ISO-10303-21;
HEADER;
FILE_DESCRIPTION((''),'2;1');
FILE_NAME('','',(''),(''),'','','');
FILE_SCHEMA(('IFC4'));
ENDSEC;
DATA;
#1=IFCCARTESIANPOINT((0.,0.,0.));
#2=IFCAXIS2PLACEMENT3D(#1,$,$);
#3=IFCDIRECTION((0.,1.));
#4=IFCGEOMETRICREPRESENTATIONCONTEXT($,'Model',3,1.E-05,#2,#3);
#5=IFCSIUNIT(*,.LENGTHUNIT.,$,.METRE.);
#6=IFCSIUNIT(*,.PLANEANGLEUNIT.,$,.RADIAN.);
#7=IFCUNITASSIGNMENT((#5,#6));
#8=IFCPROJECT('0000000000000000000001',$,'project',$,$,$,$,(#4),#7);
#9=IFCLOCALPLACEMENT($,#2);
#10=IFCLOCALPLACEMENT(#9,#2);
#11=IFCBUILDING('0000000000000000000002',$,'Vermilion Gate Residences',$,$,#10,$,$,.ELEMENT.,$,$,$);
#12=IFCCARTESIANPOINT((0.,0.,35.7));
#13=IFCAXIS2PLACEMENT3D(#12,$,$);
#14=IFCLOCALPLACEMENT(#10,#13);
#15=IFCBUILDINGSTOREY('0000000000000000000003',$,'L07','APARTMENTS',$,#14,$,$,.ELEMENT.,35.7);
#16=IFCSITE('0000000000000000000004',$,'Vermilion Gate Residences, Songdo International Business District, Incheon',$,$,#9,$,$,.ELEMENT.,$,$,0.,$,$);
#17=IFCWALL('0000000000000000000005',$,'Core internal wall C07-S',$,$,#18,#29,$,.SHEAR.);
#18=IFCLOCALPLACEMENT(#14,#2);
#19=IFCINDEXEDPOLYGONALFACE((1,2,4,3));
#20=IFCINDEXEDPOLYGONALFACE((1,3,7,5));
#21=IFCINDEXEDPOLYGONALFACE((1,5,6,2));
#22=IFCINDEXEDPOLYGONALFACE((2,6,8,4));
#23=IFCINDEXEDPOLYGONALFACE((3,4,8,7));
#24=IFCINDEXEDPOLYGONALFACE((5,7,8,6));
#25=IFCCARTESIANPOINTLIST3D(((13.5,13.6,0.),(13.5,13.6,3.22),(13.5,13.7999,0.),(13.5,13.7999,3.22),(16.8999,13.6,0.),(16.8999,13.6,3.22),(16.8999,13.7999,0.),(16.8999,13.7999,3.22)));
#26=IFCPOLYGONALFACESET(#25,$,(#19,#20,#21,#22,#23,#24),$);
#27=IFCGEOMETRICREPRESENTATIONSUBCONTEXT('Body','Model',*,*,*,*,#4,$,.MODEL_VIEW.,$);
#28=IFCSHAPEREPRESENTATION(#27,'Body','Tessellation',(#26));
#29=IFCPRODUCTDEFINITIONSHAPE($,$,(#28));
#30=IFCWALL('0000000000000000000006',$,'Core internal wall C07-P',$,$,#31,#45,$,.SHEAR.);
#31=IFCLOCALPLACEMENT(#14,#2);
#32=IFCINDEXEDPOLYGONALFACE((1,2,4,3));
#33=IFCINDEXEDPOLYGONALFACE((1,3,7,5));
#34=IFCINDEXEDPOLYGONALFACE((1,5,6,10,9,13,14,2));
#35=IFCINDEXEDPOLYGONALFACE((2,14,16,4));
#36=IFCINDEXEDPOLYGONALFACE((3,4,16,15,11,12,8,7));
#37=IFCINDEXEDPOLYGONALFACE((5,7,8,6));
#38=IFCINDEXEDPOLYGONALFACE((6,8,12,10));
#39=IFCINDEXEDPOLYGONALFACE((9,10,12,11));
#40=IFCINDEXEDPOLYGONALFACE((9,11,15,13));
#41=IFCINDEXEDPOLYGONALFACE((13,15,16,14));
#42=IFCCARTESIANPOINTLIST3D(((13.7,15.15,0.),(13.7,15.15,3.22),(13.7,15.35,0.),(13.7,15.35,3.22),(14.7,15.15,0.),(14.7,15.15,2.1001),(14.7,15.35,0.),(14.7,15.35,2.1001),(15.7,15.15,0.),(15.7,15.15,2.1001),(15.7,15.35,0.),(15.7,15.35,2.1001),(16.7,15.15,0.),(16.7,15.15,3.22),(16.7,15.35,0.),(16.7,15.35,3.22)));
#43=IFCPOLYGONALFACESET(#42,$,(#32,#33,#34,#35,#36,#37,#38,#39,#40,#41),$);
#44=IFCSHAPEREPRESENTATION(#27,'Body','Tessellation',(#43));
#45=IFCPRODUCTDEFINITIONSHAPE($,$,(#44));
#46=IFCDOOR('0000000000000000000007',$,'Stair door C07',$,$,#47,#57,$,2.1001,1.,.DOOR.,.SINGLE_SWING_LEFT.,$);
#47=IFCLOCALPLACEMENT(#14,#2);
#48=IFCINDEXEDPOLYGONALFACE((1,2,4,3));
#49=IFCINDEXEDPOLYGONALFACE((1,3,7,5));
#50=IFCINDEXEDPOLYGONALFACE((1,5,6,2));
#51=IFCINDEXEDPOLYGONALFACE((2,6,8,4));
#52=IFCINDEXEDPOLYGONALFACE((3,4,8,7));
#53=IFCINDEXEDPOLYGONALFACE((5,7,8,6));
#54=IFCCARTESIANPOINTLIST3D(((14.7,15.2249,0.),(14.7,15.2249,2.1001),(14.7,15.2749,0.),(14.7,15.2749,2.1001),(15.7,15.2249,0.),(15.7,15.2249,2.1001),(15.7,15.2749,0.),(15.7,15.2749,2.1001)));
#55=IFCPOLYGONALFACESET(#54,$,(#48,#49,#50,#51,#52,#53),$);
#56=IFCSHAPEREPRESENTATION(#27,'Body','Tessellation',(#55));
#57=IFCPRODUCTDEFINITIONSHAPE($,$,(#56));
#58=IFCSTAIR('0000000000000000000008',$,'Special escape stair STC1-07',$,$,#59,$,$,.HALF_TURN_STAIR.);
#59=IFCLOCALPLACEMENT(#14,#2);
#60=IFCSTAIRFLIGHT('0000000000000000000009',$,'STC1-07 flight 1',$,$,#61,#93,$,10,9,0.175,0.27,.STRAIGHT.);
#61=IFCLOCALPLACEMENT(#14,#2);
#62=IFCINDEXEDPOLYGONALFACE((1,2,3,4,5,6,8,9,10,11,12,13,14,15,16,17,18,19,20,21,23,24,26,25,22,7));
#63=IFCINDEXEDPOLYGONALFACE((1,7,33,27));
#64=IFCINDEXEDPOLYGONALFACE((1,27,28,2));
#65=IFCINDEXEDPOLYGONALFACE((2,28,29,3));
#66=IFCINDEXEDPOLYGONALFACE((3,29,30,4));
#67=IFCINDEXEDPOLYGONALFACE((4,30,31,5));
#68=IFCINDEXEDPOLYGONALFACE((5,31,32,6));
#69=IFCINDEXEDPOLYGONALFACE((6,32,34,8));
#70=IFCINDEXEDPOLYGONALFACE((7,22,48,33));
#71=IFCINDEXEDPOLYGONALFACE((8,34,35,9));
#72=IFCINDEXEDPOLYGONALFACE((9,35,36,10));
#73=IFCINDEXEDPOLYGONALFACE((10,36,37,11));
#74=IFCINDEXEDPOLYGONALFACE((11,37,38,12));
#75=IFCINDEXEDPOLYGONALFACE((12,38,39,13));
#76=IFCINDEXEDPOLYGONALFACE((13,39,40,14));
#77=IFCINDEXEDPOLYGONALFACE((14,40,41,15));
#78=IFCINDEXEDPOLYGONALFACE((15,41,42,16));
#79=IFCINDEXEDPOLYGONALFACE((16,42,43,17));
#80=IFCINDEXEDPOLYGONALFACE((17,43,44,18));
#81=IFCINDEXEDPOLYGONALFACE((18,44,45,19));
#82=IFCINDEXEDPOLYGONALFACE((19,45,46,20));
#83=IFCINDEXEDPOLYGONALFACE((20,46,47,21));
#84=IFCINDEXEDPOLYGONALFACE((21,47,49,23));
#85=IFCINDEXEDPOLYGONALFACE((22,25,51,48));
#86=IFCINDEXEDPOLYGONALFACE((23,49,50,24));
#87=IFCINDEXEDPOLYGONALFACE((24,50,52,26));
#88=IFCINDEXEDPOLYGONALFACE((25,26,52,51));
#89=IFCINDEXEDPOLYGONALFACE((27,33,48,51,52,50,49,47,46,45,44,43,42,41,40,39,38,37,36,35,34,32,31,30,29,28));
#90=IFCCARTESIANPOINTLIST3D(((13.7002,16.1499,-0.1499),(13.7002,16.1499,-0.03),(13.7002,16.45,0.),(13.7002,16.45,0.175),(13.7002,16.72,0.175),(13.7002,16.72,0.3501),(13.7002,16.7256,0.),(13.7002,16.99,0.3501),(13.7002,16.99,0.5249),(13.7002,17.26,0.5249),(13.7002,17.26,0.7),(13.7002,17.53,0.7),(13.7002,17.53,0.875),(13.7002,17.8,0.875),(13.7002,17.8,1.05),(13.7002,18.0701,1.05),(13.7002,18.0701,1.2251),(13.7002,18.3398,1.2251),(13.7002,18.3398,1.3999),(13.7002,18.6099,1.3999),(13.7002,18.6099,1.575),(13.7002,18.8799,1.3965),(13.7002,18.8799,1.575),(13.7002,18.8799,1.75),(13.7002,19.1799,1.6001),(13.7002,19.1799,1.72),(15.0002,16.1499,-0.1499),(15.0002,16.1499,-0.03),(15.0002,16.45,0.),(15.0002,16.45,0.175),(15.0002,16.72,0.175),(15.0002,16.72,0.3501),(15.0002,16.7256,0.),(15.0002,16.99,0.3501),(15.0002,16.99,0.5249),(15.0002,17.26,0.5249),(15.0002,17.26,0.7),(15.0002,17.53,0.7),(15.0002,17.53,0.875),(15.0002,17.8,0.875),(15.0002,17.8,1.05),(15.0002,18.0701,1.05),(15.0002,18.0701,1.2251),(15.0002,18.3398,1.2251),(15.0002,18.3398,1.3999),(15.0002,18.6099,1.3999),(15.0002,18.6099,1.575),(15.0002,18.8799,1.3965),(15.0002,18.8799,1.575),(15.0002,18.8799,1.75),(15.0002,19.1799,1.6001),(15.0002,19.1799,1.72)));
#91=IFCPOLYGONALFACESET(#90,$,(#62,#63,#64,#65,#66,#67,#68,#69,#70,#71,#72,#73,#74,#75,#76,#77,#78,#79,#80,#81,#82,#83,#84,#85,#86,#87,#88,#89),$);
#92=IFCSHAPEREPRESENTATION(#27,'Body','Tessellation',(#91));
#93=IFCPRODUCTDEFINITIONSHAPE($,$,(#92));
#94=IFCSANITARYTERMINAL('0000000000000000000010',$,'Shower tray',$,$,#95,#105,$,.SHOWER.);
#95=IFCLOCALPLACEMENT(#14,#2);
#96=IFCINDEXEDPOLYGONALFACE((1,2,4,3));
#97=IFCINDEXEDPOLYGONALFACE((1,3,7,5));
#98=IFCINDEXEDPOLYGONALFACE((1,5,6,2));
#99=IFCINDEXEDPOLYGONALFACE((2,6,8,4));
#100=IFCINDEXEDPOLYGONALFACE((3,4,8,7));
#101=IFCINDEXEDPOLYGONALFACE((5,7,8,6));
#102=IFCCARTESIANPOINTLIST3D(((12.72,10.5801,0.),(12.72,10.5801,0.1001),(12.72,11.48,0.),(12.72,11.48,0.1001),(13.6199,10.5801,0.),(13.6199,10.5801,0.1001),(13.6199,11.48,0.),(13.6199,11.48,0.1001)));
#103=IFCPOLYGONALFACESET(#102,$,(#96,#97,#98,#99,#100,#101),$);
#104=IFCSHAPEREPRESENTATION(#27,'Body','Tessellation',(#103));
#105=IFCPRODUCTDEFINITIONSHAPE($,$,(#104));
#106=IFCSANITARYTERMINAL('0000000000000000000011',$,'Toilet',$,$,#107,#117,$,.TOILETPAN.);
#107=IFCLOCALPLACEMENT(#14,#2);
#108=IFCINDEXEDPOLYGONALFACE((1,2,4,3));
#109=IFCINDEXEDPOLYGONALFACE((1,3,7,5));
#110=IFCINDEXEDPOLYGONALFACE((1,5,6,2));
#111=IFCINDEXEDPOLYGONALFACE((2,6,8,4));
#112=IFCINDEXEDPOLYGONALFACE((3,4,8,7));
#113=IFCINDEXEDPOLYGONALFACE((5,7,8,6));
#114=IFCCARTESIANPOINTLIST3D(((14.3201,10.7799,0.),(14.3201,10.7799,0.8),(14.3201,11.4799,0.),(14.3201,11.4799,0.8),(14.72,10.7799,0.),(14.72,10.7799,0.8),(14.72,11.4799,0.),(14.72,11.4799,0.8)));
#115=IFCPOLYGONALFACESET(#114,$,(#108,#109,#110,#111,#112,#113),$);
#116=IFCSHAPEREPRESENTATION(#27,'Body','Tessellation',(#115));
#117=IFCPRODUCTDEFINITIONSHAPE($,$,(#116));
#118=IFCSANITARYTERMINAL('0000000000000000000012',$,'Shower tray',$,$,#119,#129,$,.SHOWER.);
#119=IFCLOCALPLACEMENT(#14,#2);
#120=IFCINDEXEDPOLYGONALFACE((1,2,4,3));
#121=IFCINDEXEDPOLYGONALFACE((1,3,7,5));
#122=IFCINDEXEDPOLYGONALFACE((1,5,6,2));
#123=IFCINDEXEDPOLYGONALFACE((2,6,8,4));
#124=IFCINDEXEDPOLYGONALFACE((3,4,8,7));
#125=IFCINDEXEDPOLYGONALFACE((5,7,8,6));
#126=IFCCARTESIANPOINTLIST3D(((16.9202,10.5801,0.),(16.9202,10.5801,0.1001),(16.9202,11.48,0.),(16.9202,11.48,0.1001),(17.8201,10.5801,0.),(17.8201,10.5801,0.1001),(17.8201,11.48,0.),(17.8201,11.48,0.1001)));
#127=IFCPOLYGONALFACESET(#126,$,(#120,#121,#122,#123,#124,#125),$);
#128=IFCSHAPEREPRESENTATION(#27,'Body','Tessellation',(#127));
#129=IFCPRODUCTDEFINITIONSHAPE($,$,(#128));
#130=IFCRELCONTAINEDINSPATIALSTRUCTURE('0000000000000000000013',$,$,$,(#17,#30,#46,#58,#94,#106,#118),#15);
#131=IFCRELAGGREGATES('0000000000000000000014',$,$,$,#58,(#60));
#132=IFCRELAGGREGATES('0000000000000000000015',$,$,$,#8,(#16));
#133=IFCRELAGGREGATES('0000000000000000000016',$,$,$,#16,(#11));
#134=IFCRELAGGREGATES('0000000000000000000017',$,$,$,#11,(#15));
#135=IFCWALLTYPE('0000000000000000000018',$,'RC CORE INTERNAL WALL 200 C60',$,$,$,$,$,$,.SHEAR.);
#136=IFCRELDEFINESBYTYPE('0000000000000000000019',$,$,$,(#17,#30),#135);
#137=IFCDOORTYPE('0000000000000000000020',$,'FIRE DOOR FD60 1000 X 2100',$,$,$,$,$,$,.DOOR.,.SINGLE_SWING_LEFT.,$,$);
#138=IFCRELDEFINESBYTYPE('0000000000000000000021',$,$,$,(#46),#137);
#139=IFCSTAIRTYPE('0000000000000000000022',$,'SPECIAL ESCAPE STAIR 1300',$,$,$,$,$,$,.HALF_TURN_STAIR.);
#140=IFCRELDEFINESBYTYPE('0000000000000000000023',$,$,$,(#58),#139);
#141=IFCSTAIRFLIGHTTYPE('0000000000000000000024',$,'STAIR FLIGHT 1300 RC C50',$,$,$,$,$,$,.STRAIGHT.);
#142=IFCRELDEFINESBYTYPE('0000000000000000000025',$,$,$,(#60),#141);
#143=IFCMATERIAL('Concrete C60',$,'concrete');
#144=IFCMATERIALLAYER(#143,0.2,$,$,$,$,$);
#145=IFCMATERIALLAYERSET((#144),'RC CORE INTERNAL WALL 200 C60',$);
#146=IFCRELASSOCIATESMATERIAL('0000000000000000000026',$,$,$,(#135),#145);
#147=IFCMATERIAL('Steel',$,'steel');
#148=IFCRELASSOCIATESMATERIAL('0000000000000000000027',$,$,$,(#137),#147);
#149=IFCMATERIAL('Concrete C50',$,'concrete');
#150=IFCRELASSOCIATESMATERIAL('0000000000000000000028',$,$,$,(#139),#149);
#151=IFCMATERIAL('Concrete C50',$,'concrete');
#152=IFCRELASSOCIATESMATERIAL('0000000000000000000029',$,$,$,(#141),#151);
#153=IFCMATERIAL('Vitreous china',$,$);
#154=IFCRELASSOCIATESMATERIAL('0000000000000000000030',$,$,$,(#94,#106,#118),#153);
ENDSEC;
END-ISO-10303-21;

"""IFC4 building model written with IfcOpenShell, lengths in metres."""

from ifc_helpers import new_model, si_unit, direction, frame, frame_2d, origin, origin_2d, place, context, subcontext, project, spatial, polyline, rectangle, outline, extrude, material, layer, layer_set, type_object, element, fill, aggregate, save


model = new_model("IFC4")

# Units and contexts
model_context = context("Model", 3, precision=1e-05, world=origin(), true_north=direction((0.0, 1.0)))
body_context = subcontext(model_context, "Body", "Model", "MODEL_VIEW")
ifc_project = project(units=[si_unit("LENGTHUNIT", "METRE"), si_unit("PLANEANGLEUNIT", "RADIAN")], contexts=[model_context])

# Site, building, storey
site_placement = place(None, origin())
site = spatial("IfcSite", under=ifc_project, at=site_placement, Name="Vermilion Gate Residences, Songdo International Business District, Incheon", CompositionType="ELEMENT", RefElevation=0.0)
building_placement = place(site_placement, origin())
building = spatial("IfcBuilding", under=site, at=building_placement, Name="Vermilion Gate Residences", CompositionType="ELEMENT")
storey_placement = place(building_placement, frame((0.0, 0.0, 35.7)))
storey = spatial("IfcBuildingStorey", under=building, at=storey_placement, Name="L07", Description="APARTMENTS", CompositionType="ELEMENT", Elevation=35.7)

# Shared definitions
ifc_material_1 = material(Name="Concrete C60", Category="concrete")
ifc_layer_1 = layer(ifc_material_1, 0.2)
ifc_layer_set_1 = layer_set([ifc_layer_1], Name="RC CORE INTERNAL WALL 200 C60")
wall_type_1 = type_object("IfcWallType", Name="RC CORE INTERNAL WALL 200 C60", PredefinedType="SHEAR", material=ifc_layer_set_1)
ifc_material_2 = material(Name="Steel", Category="steel")
door_type_1 = type_object("IfcDoorType", Name="FIRE DOOR FD60 1000 X 2100", OperationType="SINGLE_SWING_LEFT", PredefinedType="DOOR", material=ifc_material_2)

# Wall
wall_1_placement = place(storey_placement, frame((13.5, 13.7, 0.0), z_axis=(0.0, 0.0, 1.0), x_axis=(1.0, 0.0, 0.0)))
element("IfcWall", 1, at=wall_1_placement, inside=storey, type_object=wall_type_1, Name="Core internal wall C07-S", PredefinedType="SHEAR", context=body_context, shape_type="SweptSolid", body=[
    extrude(rectangle(XDim=3.3999, YDim=0.2, at=frame_2d((1.7, 0.0))), origin(), (0.0, 0.0, 1.0), 3.22),
])

# Wall, opening, door
wall_2_placement = place(storey_placement, frame((13.7, 15.25, 0.0), z_axis=(0.0, 0.0, 1.0), x_axis=(1.0, 0.0, 0.0)))
wall_2 = element("IfcWall", 2, at=wall_2_placement, inside=storey, type_object=wall_type_1, Name="Core internal wall C07-P", PredefinedType="SHEAR", context=body_context, shape_type="SweptSolid", body=[
    extrude(rectangle(XDim=3.0, YDim=0.2, at=frame_2d((1.5, 0.0))), origin(), (0.0, 0.0, 1.0), 3.22),
])
opening_1_placement = place(wall_2_placement, frame((1.0, 0.0, 0.0)))
opening_1 = element("IfcOpeningElement", 3, at=opening_1_placement, cuts=wall_2, PredefinedType="OPENING", context=body_context, shape_type="SweptSolid", body=[
    extrude(rectangle(XDim=1.0, YDim=2.1001, at=frame_2d((0.5, 1.05))), frame((0.0, 0.1099, 0.0), z_axis=(0.0, -1.0, 0.0), x_axis=(1.0, 0.0, 0.0)), (0.0, 0.0, 1.0), 0.22),
])
door_1_placement = place(opening_1_placement, origin())
door_1 = element("IfcDoor", 4, at=door_1_placement, inside=storey, type_object=door_type_1, Name="Stair door C07", OperationType="SINGLE_SWING_LEFT", OverallHeight=2.1001, OverallWidth=1.0, PredefinedType="DOOR", context=body_context, shape_type="SweptSolid", body=[
    extrude(rectangle(XDim=1.0, YDim=2.1001, at=frame_2d((0.5, 1.05))), frame((0.0, 0.0249, 0.0), z_axis=(0.0, -1.0, 0.0), x_axis=(1.0, 0.0, 0.0)), (0.0, 0.0, 1.0), 0.05),
])
fill(opening_1, door_1)

# Stair, stair flight
ifc_material_3 = material(Name="Concrete C50", Category="concrete")
stair_type = type_object("IfcStairType", Name="SPECIAL ESCAPE STAIR 1300", PredefinedType="HALF_TURN_STAIR", material=ifc_material_3)
stair_placement = place(storey_placement, origin())
stair = element("IfcStair", 5, at=stair_placement, inside=storey, type_object=stair_type, Name="Special escape stair STC1-07", PredefinedType="HALF_TURN_STAIR")
ifc_material_4 = material(Name="Concrete C50", Category="concrete")
stair_flight_type = type_object("IfcStairFlightType", Name="STAIR FLIGHT 1300 RC C50", PredefinedType="STRAIGHT", material=ifc_material_4)
stair_flight_placement = place(storey_placement, frame((14.3501, 16.45, 0.0), z_axis=(0.0, 0.0, 1.0), x_axis=(0.0, 1.0, 0.0)))
stair_flight = element("IfcStairFlight", 6, at=stair_flight_placement, type_object=stair_flight_type, Name="STC1-07 flight 1", NumberOfRisers=10, NumberOfTreads=9, PredefinedType="STRAIGHT", RiserHeight=0.175, TreadLength=0.27, context=body_context, shape_type="SweptSolid", body=[
    extrude(outline(polyline([(-0.3, -0.1499), (-0.3, -0.03), (0.0, 0.0), (0.0, 0.175), (0.27, 0.175), (0.27, 0.3501), (0.54, 0.3501), (0.54, 0.5249), (0.8101, 0.5249), (0.8101, 0.7), (1.0801, 0.7), (1.0801, 0.875), (1.3501, 0.875), (1.3501, 1.05), (1.6201, 1.05), (1.6201, 1.2251), (1.8899, 1.2251), (1.8899, 1.3999), (2.1599, 1.3999), (2.1599, 1.575), (2.4299, 1.575), (2.4299, 1.75), (2.73, 1.72), (2.73, 1.6001), (2.4299, 1.3965), (0.2756, 0.0), (-0.3, -0.1499)])), frame((0.0, 0.6499, 0.0), z_axis=(0.0, -1.0, 0.0), x_axis=(1.0, 0.0, 0.0)), (0.0, 0.0, 1.0), 1.3),
])
aggregate(stair, [stair_flight])

# Sanitary terminals
ifc_material_5 = material(Name="Vitreous china")
sanitary_terminal_1_placement = place(storey_placement, frame((13.1699, 11.03, 0.0), z_axis=(0.0, 0.0, 1.0), x_axis=(1.0, 0.0, 0.0)))
element("IfcSanitaryTerminal", 7, at=sanitary_terminal_1_placement, inside=storey, material=ifc_material_5, Name="Shower tray", PredefinedType="SHOWER", context=body_context, shape_type="SweptSolid", body=[
    extrude(rectangle(XDim=0.8999, YDim=0.8999, at=origin_2d()), origin(), (0.0, 0.0, 1.0), 0.1001),
])
sanitary_terminal_2_placement = place(storey_placement, frame((14.52, 11.1299, 0.0), z_axis=(0.0, 0.0, 1.0), x_axis=(1.0, 0.0, 0.0)))
element("IfcSanitaryTerminal", 8, at=sanitary_terminal_2_placement, inside=storey, material=ifc_material_5, Name="Toilet", PredefinedType="TOILETPAN", context=body_context, shape_type="SweptSolid", body=[
    extrude(rectangle(XDim=0.3999, YDim=0.7, at=origin_2d()), origin(), (0.0, 0.0, 1.0), 0.8),
])
sanitary_terminal_3_placement = place(storey_placement, frame((17.3701, 11.03, 0.0), z_axis=(0.0, 0.0, 1.0), x_axis=(1.0, 0.0, 0.0)))
element("IfcSanitaryTerminal", 9, at=sanitary_terminal_3_placement, inside=storey, material=ifc_material_5, Name="Shower tray", PredefinedType="SHOWER", context=body_context, shape_type="SweptSolid", body=[
    extrude(rectangle(XDim=0.8999, YDim=0.8999, at=origin_2d()), origin(), (0.0, 0.0, 1.0), 0.1001),
])

save(model, "model.ifc")
